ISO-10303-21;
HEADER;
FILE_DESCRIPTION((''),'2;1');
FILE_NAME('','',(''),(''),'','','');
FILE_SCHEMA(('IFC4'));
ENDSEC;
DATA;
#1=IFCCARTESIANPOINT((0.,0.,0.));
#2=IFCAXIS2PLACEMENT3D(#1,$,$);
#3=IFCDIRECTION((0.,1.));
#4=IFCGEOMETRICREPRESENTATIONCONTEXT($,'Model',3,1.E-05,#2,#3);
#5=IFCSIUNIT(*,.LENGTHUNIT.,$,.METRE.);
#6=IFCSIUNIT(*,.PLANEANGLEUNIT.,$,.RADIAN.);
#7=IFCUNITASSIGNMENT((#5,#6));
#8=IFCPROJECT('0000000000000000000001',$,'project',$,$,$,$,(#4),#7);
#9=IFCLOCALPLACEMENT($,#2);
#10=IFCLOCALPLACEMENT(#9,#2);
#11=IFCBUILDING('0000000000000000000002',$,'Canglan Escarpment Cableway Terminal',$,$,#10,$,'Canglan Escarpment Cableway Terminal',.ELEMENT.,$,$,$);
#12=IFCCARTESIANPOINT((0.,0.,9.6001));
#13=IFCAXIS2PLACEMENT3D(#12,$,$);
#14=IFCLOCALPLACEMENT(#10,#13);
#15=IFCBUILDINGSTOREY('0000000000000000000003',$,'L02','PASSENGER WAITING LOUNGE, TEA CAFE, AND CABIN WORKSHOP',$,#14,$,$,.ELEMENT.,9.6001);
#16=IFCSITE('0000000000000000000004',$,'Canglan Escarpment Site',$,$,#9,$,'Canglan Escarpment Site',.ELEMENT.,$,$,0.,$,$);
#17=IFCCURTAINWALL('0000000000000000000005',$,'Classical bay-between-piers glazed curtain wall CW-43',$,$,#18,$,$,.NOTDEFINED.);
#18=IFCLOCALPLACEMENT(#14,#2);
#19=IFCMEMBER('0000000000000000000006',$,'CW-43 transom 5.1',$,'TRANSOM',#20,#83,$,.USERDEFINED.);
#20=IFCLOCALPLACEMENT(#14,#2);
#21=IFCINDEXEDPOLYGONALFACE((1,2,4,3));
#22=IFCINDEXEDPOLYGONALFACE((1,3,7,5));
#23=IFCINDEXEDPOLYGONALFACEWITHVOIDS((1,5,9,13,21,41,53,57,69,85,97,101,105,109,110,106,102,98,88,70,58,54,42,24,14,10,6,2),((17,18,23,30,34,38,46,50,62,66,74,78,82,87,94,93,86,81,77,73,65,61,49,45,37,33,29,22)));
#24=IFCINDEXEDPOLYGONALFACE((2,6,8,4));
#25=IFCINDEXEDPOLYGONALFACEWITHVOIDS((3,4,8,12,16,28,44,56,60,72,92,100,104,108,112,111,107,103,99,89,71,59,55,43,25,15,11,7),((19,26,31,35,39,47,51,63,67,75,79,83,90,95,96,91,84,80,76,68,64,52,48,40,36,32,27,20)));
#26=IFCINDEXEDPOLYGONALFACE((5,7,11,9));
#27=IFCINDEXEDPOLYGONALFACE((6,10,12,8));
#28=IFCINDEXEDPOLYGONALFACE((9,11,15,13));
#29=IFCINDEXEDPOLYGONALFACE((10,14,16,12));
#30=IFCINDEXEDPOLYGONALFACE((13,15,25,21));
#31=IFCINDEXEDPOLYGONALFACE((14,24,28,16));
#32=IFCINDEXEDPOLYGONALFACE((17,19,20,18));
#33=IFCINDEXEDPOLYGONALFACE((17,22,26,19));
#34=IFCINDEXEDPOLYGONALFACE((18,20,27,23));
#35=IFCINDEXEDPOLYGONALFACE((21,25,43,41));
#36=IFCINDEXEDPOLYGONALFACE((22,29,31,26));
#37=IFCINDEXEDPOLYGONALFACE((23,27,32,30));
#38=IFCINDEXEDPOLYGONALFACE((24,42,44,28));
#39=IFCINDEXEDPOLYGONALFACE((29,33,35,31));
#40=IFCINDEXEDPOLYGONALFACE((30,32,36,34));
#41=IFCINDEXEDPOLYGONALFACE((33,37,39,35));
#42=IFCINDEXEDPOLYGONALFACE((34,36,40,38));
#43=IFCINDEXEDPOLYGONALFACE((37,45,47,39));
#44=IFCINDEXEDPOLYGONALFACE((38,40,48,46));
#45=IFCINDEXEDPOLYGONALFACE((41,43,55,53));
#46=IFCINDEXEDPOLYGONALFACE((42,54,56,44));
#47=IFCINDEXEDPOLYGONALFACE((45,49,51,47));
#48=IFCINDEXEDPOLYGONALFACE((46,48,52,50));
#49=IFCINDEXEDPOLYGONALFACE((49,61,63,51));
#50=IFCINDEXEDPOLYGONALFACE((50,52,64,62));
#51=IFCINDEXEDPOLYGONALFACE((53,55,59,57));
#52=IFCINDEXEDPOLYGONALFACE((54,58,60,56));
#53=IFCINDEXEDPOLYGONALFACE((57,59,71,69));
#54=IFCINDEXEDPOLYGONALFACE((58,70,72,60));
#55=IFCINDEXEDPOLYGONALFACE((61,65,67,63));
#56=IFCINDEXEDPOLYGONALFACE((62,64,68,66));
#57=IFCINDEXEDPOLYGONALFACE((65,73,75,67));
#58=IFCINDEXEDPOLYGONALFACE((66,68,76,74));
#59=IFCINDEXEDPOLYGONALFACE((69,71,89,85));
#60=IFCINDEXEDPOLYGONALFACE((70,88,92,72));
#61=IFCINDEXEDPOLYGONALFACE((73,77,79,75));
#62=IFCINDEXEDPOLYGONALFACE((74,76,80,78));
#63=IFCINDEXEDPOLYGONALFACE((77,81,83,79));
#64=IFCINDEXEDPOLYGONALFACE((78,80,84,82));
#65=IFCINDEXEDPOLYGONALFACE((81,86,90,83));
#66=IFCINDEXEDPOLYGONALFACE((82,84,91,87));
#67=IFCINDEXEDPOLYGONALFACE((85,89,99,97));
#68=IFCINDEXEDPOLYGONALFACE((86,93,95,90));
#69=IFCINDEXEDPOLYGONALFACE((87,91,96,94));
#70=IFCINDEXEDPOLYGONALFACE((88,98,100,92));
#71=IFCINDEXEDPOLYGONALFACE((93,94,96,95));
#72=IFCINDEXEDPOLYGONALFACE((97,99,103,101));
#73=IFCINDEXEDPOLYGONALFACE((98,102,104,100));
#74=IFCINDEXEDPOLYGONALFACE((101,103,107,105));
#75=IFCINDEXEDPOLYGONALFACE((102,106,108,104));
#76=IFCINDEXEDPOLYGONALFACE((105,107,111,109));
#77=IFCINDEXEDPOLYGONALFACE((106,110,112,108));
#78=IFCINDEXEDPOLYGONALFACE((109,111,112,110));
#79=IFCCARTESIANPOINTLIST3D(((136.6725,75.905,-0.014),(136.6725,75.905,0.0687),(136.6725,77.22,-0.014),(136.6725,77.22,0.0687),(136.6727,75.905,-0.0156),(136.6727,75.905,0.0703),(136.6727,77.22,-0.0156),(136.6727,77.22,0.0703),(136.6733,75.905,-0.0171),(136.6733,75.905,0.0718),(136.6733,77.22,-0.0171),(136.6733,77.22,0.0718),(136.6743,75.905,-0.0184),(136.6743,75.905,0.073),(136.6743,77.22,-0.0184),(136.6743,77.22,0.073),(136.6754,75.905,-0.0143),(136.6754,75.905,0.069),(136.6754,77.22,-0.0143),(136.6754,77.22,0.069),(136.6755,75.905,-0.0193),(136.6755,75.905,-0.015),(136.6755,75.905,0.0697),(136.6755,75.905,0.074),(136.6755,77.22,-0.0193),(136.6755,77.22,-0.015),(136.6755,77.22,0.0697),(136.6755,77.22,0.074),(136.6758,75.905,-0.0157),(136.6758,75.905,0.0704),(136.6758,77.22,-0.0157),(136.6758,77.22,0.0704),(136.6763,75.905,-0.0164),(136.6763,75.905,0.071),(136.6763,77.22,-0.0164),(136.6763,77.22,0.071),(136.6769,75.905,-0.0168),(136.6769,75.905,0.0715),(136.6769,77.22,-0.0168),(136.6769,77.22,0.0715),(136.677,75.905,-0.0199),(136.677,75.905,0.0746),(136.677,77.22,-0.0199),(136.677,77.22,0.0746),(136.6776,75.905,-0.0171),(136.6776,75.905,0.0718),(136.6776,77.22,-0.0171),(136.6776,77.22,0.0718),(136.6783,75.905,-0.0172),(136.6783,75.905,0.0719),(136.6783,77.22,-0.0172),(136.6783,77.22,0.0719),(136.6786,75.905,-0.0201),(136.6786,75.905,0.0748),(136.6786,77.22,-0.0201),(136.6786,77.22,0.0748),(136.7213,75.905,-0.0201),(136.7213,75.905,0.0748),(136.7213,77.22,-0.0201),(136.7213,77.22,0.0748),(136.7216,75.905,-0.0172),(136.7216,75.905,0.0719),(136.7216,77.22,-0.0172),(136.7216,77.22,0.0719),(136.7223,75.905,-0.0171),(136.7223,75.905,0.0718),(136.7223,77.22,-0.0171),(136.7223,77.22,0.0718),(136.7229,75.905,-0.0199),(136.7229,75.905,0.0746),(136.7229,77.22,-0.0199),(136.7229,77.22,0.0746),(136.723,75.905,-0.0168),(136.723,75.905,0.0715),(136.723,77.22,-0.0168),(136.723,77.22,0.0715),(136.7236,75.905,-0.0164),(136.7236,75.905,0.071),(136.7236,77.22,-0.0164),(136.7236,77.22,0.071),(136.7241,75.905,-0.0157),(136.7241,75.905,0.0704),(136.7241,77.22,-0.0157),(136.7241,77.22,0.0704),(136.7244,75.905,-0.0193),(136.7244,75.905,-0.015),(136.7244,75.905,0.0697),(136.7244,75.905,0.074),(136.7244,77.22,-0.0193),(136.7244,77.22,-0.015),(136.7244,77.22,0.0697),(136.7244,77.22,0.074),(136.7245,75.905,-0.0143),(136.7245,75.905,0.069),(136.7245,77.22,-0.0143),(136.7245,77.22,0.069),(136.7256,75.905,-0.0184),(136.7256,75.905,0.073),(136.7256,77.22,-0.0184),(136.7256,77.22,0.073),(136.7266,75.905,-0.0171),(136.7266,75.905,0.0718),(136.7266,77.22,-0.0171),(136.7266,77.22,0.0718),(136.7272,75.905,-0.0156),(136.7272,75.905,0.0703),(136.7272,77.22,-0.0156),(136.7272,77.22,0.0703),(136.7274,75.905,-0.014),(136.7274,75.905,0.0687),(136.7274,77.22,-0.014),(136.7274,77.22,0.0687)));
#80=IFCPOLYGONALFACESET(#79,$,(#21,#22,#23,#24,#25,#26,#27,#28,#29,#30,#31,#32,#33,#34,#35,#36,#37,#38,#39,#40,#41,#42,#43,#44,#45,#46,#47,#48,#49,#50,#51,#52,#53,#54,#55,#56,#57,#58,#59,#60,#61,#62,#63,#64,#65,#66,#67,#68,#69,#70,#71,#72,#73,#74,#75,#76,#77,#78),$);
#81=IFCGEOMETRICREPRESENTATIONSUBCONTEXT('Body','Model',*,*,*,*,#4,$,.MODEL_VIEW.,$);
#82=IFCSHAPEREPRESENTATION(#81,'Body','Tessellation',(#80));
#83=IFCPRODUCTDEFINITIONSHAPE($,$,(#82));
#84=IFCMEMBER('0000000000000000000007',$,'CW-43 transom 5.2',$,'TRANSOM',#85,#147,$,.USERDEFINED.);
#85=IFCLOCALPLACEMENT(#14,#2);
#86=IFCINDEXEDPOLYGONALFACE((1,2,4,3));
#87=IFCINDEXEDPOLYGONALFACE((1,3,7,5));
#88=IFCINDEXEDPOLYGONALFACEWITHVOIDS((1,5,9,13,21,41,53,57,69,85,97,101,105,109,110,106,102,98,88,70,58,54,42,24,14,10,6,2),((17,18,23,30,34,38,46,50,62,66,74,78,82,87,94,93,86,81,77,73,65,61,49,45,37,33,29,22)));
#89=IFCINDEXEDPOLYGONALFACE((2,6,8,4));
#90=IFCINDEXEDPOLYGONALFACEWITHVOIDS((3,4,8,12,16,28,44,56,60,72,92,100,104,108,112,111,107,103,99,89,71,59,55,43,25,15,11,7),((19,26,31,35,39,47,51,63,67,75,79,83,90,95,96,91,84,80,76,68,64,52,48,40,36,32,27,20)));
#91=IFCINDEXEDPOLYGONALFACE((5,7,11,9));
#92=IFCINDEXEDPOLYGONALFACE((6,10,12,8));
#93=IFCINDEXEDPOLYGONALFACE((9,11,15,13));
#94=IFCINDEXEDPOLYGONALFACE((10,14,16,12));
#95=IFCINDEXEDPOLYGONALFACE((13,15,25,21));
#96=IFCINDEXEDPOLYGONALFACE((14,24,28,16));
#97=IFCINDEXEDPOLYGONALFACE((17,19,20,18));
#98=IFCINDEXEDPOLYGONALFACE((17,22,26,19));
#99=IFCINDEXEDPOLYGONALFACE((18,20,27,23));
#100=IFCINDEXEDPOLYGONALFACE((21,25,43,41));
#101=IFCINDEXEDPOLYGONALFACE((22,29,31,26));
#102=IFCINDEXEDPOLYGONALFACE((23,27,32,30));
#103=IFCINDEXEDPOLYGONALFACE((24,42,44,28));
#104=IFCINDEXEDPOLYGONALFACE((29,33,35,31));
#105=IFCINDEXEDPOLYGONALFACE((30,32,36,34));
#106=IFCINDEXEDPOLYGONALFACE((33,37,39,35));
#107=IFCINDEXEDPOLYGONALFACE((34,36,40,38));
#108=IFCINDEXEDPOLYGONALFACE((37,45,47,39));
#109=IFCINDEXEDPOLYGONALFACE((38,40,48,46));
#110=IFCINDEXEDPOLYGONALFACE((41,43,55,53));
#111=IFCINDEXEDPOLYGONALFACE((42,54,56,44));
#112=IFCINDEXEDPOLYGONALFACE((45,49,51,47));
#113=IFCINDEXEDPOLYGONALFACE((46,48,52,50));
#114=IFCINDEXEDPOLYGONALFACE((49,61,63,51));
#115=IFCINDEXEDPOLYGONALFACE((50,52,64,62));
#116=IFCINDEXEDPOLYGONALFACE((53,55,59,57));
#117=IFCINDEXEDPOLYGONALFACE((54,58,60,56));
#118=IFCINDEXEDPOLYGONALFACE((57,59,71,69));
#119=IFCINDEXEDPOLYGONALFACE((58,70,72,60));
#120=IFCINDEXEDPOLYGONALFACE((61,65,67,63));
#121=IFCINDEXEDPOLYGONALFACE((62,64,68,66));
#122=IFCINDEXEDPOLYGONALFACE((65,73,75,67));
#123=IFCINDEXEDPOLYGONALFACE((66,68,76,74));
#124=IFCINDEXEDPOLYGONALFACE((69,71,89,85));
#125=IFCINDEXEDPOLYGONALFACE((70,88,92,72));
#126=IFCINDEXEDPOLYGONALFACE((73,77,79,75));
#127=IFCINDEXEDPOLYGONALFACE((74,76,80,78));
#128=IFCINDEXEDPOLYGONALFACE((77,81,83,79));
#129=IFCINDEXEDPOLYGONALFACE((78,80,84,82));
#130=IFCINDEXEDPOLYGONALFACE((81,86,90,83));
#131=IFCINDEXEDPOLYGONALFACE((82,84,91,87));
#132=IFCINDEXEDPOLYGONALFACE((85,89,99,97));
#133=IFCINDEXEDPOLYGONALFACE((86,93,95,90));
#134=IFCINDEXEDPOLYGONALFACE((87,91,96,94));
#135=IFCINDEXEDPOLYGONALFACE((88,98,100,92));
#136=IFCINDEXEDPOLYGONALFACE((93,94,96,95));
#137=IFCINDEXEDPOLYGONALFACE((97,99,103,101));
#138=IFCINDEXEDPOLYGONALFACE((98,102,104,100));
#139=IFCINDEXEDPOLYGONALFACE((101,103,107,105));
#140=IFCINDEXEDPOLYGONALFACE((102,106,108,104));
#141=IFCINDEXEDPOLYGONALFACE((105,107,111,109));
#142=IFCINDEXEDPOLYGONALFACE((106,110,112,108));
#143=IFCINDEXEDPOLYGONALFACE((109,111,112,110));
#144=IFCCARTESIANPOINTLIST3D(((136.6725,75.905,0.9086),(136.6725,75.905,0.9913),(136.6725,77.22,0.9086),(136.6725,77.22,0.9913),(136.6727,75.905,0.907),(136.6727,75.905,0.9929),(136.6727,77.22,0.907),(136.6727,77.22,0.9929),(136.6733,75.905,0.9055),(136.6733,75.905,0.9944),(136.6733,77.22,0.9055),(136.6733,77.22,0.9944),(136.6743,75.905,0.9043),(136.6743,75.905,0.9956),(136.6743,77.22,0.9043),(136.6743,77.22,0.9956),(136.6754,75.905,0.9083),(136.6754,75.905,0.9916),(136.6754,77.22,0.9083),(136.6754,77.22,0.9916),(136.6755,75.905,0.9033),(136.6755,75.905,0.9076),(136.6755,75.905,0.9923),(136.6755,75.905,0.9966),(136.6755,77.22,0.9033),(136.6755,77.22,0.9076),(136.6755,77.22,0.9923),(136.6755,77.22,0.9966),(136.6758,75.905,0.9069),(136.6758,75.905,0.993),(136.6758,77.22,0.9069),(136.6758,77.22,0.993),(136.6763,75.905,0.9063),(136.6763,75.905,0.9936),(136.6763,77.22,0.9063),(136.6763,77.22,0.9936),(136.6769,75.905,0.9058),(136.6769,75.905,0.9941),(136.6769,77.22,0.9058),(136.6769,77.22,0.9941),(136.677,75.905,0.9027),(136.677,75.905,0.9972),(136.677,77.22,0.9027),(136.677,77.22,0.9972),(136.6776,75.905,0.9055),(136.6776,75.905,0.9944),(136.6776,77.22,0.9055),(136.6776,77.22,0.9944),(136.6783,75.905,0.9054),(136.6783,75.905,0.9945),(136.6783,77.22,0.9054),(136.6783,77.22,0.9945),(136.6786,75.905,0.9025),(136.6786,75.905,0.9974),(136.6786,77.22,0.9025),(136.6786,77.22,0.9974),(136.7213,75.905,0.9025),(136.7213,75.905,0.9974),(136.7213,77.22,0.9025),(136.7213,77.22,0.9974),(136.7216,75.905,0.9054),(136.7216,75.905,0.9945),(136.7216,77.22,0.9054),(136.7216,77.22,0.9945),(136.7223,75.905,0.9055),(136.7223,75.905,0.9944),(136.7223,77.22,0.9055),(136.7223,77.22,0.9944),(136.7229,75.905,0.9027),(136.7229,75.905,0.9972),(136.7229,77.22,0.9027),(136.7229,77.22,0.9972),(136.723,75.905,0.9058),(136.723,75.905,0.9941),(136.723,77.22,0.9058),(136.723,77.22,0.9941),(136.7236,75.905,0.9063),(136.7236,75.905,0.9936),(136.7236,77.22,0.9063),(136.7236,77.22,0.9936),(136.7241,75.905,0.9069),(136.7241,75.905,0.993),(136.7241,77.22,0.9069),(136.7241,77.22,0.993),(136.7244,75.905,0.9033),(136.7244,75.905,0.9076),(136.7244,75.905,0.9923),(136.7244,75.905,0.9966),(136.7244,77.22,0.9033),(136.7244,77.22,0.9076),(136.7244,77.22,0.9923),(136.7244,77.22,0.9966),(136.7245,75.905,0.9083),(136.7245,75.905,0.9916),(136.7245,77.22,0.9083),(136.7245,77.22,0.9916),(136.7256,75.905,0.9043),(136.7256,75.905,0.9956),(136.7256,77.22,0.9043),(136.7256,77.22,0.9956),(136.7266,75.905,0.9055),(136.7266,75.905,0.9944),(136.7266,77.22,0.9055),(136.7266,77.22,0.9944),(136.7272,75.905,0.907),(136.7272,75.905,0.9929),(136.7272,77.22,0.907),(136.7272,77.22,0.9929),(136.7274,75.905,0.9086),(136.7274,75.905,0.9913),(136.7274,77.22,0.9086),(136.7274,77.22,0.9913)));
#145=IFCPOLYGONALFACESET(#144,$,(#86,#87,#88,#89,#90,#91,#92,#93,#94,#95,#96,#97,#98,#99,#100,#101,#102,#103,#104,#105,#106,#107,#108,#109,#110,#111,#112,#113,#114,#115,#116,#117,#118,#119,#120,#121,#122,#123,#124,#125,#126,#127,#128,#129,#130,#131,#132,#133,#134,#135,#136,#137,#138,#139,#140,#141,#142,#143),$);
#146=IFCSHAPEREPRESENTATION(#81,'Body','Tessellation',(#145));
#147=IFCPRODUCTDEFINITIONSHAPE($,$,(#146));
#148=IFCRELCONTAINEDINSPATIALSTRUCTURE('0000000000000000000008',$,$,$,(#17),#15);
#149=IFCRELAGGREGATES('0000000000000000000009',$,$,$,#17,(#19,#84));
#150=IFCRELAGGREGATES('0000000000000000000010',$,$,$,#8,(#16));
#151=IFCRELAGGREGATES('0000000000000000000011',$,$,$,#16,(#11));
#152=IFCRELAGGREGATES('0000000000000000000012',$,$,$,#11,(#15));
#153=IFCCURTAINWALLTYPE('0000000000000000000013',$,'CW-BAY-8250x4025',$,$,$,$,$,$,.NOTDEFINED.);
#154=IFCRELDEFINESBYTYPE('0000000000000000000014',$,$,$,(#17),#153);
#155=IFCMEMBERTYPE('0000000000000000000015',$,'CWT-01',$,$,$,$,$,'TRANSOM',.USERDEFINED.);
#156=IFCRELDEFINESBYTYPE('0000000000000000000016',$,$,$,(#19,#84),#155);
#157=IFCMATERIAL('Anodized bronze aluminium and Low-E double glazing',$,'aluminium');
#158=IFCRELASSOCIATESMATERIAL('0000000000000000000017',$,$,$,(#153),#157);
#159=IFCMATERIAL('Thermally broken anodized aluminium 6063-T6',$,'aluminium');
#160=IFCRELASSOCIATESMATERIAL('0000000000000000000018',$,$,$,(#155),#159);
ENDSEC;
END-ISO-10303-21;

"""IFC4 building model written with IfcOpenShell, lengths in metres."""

from ifc_helpers import new_model, si_unit, direction, frame, origin, origin_2d, place, context, subcontext, project, spatial, hollow_rectangle, extrude, material, material_profile, profile_set, type_object, element, aggregate, save


model = new_model("IFC4")

# Units and contexts
model_context = context("Model", 3, precision=1e-05, world=origin(), true_north=direction((0.0, 1.0)))
body_context = subcontext(model_context, "Body", "Model", "MODEL_VIEW")
ifc_project = project(units=[si_unit("LENGTHUNIT", "METRE"), si_unit("PLANEANGLEUNIT", "RADIAN")], contexts=[model_context])

# Site, building, storey
site_placement = place(None, origin())
site = spatial("IfcSite", under=ifc_project, at=site_placement, Name="Canglan Escarpment Site", LongName="Canglan Escarpment Site", CompositionType="ELEMENT", RefElevation=0.0)
building_placement = place(site_placement, origin())
building = spatial("IfcBuilding", under=site, at=building_placement, Name="Canglan Escarpment Cableway Terminal", LongName="Canglan Escarpment Cableway Terminal", CompositionType="ELEMENT")
storey_placement = place(building_placement, frame((0.0, 0.0, 9.6001)))
storey = spatial("IfcBuildingStorey", under=building, at=storey_placement, Name="L02", Description="PASSENGER WAITING LOUNGE, TEA CAFE, AND CABIN WORKSHOP", CompositionType="ELEMENT", Elevation=9.6001)

# Curtain wall, members
ifc_material_1 = material(Name="Anodized bronze aluminium and Low-E double glazing", Category="aluminium")
curtain_wall_type = type_object("IfcCurtainWallType", Name="CW-BAY-8250x4025", PredefinedType="NOTDEFINED", material=ifc_material_1)
curtain_wall_placement = place(storey_placement, origin())
curtain_wall = element("IfcCurtainWall", 1, at=curtain_wall_placement, inside=storey, type_object=curtain_wall_type, Name="Classical bay-between-piers glazed curtain wall CW-43", PredefinedType="NOTDEFINED")
ifc_material_2 = material(Name="Thermally broken anodized aluminium 6063-T6", Category="aluminium")
ifc_material_profile_1 = material_profile(ifc_material_2, hollow_rectangle(XDim=0.0549, YDim=0.095, WallThickness=0.0029, InnerFilletRadius=0.0029, OuterFilletRadius=0.0061, at=origin_2d()), Name="ALU-TRAN 55x95x3")
ifc_profile_set_1 = profile_set([ifc_material_profile_1], Name="Thermally broken anodized aluminium 6063-T6")
member_type_1 = type_object("IfcMemberType", Name="CWT-01", ElementType="TRANSOM", PredefinedType="USERDEFINED", material=ifc_profile_set_1)
member_1_placement = place(storey_placement, frame((136.7, 75.905, 0.0273), z_axis=(0.0, 1.0, 0.0), x_axis=(-1.0, 0.0, 0.0)))
member_1 = element("IfcMember", 2, at=member_1_placement, type_object=member_type_1, Name="CW-43 transom 5.1", ObjectType="TRANSOM", PredefinedType="USERDEFINED", context=body_context, shape_type="SweptSolid", body=[
    extrude(hollow_rectangle(XDim=0.0549, YDim=0.095, WallThickness=0.0029, InnerFilletRadius=0.0029, OuterFilletRadius=0.0061, at=origin_2d()), origin(), (0.0, 0.0, 1.0), 1.3149),
])
member_2_placement = place(storey_placement, frame((136.7, 75.905, 0.95), z_axis=(0.0, 1.0, 0.0), x_axis=(-1.0, 0.0, 0.0)))
member_2 = element("IfcMember", 3, at=member_2_placement, type_object=member_type_1, Name="CW-43 transom 5.2", ObjectType="TRANSOM", PredefinedType="USERDEFINED", context=body_context, shape_type="SweptSolid", body=[
    extrude(hollow_rectangle(XDim=0.0549, YDim=0.095, WallThickness=0.0029, InnerFilletRadius=0.0029, OuterFilletRadius=0.0061, at=origin_2d()), origin(), (0.0, 0.0, 1.0), 1.3149),
])
aggregate(curtain_wall, [member_1, member_2])

save(model, "model.ifc")
